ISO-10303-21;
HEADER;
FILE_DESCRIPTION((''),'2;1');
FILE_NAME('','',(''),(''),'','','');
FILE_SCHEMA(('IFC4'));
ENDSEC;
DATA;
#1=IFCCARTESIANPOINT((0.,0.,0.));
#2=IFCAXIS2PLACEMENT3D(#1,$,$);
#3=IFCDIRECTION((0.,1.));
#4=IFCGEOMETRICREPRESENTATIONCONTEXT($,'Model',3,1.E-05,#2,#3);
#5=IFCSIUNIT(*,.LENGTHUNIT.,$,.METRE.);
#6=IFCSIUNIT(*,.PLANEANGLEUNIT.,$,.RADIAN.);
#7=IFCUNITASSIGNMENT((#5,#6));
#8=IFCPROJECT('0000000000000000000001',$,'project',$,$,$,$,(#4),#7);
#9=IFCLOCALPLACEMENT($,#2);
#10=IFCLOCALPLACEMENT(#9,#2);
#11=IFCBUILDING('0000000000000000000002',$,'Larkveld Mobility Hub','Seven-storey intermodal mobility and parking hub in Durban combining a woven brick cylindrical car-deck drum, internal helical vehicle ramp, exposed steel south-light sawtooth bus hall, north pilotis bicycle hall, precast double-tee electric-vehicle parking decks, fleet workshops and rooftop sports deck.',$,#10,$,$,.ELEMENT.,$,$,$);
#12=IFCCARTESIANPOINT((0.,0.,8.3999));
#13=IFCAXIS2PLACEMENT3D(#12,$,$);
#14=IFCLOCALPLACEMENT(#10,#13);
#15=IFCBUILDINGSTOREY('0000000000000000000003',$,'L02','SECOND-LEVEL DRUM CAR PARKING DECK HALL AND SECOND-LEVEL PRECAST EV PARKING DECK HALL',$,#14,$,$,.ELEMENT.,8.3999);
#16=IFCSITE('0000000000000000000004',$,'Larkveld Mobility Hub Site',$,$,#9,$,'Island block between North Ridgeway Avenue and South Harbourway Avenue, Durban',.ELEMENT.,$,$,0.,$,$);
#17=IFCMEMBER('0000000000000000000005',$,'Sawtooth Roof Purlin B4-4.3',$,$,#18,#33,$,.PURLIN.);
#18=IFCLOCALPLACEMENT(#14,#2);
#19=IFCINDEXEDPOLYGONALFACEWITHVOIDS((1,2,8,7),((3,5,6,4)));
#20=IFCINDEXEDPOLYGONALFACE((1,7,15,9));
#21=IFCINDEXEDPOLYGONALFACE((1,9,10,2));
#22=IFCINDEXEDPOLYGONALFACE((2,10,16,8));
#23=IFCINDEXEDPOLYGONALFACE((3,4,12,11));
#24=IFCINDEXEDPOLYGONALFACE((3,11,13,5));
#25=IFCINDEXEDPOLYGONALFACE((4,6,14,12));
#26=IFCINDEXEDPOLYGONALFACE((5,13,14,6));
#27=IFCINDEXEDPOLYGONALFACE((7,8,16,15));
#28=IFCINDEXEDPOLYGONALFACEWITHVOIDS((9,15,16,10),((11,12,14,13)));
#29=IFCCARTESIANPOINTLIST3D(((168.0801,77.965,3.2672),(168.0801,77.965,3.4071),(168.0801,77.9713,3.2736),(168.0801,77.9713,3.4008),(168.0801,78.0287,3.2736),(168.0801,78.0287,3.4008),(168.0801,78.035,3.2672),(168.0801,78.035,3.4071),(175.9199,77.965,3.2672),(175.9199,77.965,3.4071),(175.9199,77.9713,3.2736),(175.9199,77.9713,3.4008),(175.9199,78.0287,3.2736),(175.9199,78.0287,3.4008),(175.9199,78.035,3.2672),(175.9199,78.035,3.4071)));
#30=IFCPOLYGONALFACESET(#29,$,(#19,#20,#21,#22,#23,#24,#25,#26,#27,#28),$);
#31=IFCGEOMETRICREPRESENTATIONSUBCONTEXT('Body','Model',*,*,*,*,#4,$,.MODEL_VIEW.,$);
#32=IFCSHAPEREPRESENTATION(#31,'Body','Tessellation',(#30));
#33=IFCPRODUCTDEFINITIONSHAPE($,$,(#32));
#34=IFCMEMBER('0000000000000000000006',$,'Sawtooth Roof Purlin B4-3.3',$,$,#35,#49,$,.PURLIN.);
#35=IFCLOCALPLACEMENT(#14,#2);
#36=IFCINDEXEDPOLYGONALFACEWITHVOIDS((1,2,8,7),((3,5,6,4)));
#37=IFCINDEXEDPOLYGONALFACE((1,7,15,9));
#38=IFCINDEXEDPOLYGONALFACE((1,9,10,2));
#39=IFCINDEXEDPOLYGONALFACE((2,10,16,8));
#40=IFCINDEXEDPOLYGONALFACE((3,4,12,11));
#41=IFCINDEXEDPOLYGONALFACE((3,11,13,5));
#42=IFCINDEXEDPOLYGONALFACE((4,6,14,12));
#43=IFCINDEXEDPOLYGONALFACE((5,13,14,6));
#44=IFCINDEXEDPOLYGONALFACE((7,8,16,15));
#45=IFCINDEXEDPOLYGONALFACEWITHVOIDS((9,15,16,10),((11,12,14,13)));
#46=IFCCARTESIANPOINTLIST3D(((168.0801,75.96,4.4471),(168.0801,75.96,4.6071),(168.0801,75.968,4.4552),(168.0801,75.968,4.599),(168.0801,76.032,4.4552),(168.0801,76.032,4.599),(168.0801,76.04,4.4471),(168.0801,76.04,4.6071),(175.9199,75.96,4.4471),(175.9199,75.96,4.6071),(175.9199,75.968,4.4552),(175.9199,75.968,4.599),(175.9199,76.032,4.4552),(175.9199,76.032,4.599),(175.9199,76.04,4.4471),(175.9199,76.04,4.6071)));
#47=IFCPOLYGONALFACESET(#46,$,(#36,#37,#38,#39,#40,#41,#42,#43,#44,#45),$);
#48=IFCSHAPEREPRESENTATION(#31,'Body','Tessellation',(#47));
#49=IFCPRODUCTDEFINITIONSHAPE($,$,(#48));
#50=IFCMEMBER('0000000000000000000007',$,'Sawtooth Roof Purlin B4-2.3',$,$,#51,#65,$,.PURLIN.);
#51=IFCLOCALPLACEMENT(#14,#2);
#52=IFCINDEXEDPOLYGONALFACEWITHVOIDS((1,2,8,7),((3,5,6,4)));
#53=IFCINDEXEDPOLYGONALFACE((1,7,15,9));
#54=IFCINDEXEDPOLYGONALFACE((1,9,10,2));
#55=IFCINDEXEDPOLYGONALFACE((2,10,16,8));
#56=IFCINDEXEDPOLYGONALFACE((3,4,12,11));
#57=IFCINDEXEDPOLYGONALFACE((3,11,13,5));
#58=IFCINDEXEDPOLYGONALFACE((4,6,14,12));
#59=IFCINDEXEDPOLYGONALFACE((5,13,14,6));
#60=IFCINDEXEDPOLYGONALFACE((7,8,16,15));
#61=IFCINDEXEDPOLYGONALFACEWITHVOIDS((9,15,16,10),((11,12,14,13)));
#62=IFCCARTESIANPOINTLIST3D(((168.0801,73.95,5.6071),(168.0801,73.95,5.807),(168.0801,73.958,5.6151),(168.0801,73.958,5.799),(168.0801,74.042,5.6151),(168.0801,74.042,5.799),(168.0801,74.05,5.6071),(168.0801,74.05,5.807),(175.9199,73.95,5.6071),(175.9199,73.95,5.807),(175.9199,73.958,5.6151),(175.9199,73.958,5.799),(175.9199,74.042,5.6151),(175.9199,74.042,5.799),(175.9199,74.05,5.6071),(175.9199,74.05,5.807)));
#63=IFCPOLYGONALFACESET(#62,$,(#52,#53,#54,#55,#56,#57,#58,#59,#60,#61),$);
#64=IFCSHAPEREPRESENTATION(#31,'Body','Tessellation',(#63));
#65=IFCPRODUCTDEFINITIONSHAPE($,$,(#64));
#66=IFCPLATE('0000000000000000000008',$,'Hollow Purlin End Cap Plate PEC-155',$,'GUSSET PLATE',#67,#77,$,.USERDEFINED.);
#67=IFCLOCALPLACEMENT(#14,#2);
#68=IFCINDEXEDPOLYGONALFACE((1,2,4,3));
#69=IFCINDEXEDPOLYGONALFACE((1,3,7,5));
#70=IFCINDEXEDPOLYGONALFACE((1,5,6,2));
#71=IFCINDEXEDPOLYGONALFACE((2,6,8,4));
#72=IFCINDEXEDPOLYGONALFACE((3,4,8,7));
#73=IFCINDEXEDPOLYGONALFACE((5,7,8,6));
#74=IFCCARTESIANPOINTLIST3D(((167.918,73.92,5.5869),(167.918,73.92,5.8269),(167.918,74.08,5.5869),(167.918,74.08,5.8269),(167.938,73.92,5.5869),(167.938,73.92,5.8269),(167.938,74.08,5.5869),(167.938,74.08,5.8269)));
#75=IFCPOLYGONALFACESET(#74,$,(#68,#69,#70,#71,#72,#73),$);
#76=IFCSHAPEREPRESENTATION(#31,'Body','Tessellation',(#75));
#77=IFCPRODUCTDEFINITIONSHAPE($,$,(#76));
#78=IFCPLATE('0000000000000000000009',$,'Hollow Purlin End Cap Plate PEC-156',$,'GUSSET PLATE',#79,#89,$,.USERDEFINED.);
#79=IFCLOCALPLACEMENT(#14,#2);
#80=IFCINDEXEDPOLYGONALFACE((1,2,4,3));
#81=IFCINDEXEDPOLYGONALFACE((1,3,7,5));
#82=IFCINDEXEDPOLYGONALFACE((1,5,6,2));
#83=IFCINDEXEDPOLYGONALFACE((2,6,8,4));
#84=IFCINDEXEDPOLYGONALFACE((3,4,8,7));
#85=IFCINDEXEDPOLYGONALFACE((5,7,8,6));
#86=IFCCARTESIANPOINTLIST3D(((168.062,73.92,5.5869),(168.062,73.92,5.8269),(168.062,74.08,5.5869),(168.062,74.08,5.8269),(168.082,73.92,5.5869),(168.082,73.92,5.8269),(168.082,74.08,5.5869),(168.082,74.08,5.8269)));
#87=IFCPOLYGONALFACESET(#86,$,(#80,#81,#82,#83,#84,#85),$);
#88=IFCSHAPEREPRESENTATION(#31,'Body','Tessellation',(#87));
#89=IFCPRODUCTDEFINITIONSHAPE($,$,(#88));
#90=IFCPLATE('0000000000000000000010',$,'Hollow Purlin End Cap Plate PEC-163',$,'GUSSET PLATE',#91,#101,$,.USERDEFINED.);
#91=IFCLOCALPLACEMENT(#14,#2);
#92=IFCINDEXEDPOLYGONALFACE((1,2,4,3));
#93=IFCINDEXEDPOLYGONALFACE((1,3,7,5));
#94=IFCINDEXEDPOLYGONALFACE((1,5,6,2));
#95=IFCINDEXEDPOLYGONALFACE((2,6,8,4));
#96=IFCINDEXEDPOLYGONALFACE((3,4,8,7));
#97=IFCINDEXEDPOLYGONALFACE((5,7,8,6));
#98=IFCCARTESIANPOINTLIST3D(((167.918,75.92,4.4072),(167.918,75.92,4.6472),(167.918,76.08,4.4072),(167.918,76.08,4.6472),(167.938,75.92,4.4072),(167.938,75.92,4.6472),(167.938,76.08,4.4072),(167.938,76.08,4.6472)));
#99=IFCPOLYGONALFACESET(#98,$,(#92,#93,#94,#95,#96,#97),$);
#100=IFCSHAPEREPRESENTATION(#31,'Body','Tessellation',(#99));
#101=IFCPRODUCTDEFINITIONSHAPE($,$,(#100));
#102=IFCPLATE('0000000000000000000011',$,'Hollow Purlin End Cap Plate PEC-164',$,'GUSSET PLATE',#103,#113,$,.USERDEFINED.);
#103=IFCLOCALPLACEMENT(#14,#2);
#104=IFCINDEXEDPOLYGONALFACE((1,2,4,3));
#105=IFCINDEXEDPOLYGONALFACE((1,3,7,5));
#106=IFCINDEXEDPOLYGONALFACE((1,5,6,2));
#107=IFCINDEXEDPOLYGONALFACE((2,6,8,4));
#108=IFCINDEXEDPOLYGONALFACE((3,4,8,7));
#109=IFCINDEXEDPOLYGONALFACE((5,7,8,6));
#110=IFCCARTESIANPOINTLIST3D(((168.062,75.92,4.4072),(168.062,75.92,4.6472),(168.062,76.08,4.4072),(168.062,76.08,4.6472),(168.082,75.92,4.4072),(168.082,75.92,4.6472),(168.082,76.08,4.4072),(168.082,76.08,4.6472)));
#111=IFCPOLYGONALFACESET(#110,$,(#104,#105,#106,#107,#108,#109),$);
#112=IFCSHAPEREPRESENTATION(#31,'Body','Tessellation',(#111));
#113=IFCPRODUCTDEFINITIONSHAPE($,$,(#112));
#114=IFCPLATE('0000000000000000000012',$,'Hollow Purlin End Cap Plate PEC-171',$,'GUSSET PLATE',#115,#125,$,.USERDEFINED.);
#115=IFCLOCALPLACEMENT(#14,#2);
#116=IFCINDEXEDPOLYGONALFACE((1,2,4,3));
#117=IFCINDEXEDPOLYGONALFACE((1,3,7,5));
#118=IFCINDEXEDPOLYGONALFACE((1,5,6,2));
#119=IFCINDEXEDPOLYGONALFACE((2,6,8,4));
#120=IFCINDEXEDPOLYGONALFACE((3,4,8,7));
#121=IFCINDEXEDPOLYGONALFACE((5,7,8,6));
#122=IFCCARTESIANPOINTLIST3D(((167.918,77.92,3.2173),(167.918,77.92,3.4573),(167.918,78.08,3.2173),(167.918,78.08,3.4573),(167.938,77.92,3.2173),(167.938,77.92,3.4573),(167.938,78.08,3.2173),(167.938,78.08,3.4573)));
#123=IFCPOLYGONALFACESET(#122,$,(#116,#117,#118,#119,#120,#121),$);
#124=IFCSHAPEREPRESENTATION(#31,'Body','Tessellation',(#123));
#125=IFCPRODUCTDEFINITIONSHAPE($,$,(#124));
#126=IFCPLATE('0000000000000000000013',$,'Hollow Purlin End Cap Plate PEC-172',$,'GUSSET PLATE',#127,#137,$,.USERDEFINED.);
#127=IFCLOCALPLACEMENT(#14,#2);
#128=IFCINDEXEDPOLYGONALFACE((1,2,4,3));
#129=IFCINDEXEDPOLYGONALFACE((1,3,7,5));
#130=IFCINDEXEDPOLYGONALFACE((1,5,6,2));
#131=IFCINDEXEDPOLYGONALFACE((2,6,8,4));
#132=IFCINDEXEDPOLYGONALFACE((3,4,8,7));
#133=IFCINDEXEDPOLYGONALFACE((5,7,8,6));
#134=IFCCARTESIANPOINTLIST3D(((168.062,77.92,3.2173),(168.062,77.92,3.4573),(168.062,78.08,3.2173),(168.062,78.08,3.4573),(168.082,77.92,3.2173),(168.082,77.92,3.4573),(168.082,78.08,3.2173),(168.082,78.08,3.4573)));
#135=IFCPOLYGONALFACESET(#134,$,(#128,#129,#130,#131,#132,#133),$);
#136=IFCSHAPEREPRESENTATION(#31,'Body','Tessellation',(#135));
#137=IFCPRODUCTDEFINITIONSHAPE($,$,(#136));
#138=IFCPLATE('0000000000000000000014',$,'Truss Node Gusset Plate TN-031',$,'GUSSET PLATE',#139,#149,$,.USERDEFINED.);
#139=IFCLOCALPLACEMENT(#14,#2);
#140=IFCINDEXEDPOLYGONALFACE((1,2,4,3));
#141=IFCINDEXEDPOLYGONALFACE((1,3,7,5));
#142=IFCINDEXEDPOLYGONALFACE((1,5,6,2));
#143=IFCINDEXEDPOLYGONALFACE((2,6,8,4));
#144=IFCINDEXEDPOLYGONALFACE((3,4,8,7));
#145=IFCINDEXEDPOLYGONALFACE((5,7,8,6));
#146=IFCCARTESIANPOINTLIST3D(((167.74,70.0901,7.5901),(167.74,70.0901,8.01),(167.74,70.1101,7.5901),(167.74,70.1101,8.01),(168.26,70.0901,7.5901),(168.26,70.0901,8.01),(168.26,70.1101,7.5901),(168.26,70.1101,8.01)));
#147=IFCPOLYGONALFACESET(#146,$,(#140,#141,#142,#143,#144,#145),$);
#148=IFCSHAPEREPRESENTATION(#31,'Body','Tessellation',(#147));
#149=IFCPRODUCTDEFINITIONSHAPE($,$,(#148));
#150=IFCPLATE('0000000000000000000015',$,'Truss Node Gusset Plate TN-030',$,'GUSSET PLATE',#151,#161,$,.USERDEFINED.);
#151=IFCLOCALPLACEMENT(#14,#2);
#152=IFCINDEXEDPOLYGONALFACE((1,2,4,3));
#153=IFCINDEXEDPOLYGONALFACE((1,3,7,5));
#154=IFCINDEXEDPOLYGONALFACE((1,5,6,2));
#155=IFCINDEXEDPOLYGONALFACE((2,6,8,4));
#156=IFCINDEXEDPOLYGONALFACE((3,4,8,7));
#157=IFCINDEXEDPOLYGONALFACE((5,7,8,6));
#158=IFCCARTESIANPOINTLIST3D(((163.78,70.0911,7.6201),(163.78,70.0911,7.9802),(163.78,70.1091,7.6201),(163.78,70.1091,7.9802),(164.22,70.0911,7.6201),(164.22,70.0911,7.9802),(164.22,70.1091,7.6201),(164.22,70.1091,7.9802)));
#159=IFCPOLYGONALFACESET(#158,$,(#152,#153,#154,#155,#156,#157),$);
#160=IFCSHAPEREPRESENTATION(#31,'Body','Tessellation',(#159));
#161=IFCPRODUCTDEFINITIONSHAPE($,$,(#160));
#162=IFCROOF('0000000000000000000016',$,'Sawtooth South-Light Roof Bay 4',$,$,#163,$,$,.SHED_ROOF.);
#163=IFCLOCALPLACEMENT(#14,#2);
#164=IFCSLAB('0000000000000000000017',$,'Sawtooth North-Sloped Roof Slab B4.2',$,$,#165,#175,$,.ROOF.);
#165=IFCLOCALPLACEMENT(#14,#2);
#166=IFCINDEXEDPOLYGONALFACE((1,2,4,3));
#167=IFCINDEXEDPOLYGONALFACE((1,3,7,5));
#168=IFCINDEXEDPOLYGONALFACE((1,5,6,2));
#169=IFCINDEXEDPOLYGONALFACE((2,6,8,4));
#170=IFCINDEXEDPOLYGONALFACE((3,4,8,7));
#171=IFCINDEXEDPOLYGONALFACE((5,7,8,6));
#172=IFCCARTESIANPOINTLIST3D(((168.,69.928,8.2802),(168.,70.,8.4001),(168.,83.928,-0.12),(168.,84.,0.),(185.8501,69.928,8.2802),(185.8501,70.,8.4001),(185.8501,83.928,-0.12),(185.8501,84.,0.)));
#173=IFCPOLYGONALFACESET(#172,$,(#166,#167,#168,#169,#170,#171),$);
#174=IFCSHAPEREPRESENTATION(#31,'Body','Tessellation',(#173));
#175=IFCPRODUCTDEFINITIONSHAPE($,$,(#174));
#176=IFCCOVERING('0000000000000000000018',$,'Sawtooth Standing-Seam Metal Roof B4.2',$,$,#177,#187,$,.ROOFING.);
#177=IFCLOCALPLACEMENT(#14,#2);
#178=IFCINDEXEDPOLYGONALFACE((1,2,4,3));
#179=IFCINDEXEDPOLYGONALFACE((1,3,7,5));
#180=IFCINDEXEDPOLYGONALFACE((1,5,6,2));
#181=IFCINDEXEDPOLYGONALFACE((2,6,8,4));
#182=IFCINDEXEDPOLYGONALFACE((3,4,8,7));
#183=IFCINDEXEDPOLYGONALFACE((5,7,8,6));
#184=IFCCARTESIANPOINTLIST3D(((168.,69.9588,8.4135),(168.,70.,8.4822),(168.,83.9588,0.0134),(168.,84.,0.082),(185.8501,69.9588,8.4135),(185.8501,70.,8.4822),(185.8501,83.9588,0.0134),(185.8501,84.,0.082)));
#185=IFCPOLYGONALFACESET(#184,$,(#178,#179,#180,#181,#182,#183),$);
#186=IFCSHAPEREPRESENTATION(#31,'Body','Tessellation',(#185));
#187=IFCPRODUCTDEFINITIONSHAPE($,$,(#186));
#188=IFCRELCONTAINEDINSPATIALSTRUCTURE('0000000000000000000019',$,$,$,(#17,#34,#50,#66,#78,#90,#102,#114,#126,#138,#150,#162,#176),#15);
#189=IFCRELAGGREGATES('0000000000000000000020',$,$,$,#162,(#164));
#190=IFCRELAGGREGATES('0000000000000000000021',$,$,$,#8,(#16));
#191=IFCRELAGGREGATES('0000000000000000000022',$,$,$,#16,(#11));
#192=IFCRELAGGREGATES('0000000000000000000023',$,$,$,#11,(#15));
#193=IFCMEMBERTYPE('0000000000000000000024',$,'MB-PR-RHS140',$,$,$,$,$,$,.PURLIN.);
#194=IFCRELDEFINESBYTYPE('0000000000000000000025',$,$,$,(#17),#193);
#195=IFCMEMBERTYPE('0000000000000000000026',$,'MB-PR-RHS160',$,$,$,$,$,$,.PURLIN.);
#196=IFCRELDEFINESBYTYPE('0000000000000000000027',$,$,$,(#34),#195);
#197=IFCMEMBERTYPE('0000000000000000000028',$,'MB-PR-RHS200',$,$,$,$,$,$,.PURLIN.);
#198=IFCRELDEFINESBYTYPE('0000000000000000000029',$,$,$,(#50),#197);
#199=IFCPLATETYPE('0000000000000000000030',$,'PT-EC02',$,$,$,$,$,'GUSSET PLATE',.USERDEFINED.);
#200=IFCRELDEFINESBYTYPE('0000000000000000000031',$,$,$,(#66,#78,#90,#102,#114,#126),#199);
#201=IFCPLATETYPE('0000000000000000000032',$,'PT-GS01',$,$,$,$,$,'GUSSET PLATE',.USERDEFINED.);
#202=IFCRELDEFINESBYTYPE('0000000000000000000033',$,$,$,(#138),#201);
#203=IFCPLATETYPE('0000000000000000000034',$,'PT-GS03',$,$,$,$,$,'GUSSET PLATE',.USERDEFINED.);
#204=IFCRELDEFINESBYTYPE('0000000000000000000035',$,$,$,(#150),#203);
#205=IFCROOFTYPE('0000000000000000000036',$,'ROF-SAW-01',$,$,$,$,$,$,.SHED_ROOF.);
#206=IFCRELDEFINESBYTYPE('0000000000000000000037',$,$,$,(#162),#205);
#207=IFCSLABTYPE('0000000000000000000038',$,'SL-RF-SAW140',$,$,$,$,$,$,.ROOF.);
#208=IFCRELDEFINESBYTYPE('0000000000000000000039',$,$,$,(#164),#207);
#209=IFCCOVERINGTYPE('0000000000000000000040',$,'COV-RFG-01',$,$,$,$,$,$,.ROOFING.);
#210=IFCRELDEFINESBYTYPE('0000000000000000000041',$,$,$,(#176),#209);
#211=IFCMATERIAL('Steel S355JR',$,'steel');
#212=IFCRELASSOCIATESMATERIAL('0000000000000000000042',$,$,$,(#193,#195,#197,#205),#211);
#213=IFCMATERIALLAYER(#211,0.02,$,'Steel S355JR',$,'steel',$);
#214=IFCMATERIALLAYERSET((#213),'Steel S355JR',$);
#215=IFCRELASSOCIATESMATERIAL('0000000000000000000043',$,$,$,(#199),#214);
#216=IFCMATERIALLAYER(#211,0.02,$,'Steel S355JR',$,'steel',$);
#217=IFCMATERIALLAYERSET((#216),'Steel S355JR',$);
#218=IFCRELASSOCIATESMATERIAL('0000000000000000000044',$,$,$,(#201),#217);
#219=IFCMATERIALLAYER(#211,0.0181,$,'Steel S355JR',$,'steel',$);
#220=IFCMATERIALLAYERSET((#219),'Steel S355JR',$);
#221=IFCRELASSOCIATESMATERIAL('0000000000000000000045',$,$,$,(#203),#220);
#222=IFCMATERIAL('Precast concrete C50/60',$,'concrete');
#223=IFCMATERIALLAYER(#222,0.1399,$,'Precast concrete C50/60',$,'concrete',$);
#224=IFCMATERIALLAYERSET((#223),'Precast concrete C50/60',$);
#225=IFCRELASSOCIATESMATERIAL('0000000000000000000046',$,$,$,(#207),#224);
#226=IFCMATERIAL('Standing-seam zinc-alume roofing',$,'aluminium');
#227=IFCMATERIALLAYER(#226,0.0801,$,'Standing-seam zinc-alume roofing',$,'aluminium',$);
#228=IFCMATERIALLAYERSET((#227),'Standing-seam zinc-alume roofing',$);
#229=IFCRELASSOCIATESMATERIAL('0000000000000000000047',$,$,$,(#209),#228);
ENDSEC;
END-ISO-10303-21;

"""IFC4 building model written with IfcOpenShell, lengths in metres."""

from ifc_helpers import new_model, si_unit, direction, frame, origin, origin_2d, place, context, subcontext, project, spatial, polyline, rectangle, hollow_rectangle, outline, extrude, material, layer, layer_set, material_profile, profile_set, type_object, element, aggregate, save


model = new_model("IFC4")

# Units and contexts
model_context = context("Model", 3, precision=1e-05, world=origin(), true_north=direction((0.0, 1.0)))
body_context = subcontext(model_context, "Body", "Model", "MODEL_VIEW")
ifc_project = project(units=[si_unit("LENGTHUNIT", "METRE"), si_unit("PLANEANGLEUNIT", "RADIAN")], contexts=[model_context])

# Site, building, storey
site_placement = place(None, origin())
site = spatial("IfcSite", under=ifc_project, at=site_placement, Name="Larkveld Mobility Hub Site", LongName="Island block between North Ridgeway Avenue and South Harbourway Avenue, Durban", CompositionType="ELEMENT", RefElevation=0.0)
building_placement = place(site_placement, origin())
building = spatial("IfcBuilding", under=site, at=building_placement, Name="Larkveld Mobility Hub", Description="Seven-storey intermodal mobility and parking hub in Durban combining a woven brick cylindrical car-deck drum, internal helical vehicle ramp, exposed steel south-light sawtooth bus hall, north pilotis bicycle hall, precast double-tee electric-vehicle parking decks, fleet workshops and rooftop sports deck.", CompositionType="ELEMENT")
storey_placement = place(building_placement, frame((0.0, 0.0, 8.3999)))
storey = spatial("IfcBuildingStorey", under=building, at=storey_placement, Name="L02", Description="SECOND-LEVEL DRUM CAR PARKING DECK HALL AND SECOND-LEVEL PRECAST EV PARKING DECK HALL", CompositionType="ELEMENT", Elevation=8.3999)

# Members
ifc_material_1 = material(Name="Steel S355JR", Category="steel")
ifc_material_profile_1 = material_profile(ifc_material_1, hollow_rectangle(XDim=0.0701, YDim=0.1399, WallThickness=0.0063, at=origin_2d()), Name="RHS 140x70x6.3")
ifc_profile_set_1 = profile_set([ifc_material_profile_1], Name="Steel S355JR")
member_type_1 = type_object("IfcMemberType", Name="MB-PR-RHS140", PredefinedType="PURLIN", material=ifc_profile_set_1)
member_1_placement = place(storey_placement, frame((168.0801, 78.0, 3.3372), z_axis=(1.0, 0.0, 0.0), x_axis=(0.0, 1.0, 0.0)))
element("IfcMember", 1, at=member_1_placement, inside=storey, type_object=member_type_1, Name="Sawtooth Roof Purlin B4-4.3", PredefinedType="PURLIN", context=body_context, shape_type="SweptSolid", body=[
    extrude(hollow_rectangle(XDim=0.0701, YDim=0.1399, WallThickness=0.0063, at=origin_2d()), origin(), (0.0, 0.0, 1.0), 7.8398),
])
ifc_material_profile_2 = material_profile(ifc_material_1, hollow_rectangle(XDim=0.0801, YDim=0.1599, WallThickness=0.0081, at=origin_2d()), Name="RHS 160x80x8")
ifc_profile_set_2 = profile_set([ifc_material_profile_2], Name="Steel S355JR")
member_type_2 = type_object("IfcMemberType", Name="MB-PR-RHS160", PredefinedType="PURLIN", material=ifc_profile_set_2)
member_2_placement = place(storey_placement, frame((168.0801, 76.0, 4.5271), z_axis=(1.0, 0.0, 0.0), x_axis=(0.0, 1.0, 0.0)))
element("IfcMember", 2, at=member_2_placement, inside=storey, type_object=member_type_2, Name="Sawtooth Roof Purlin B4-3.3", PredefinedType="PURLIN", context=body_context, shape_type="SweptSolid", body=[
    extrude(hollow_rectangle(XDim=0.0801, YDim=0.1599, WallThickness=0.0081, at=origin_2d()), origin(), (0.0, 0.0, 1.0), 7.8398),
])
ifc_material_profile_3 = material_profile(ifc_material_1, hollow_rectangle(XDim=0.1001, YDim=0.2, WallThickness=0.0081, at=origin_2d()), Name="RHS 200x100x8")
ifc_profile_set_3 = profile_set([ifc_material_profile_3], Name="Steel S355JR")
member_type_3 = type_object("IfcMemberType", Name="MB-PR-RHS200", PredefinedType="PURLIN", material=ifc_profile_set_3)
member_3_placement = place(storey_placement, frame((168.0801, 74.0, 5.707), z_axis=(1.0, 0.0, 0.0), x_axis=(0.0, 1.0, 0.0)))
element("IfcMember", 3, at=member_3_placement, inside=storey, type_object=member_type_3, Name="Sawtooth Roof Purlin B4-2.3", PredefinedType="PURLIN", context=body_context, shape_type="SweptSolid", body=[
    extrude(hollow_rectangle(XDim=0.1001, YDim=0.2, WallThickness=0.0081, at=origin_2d()), origin(), (0.0, 0.0, 1.0), 7.8398),
])

# Plates
ifc_layer_1 = layer(ifc_material_1, 0.02, Name="Steel S355JR", Category="steel")
ifc_layer_set_1 = layer_set([ifc_layer_1], Name="Steel S355JR")
plate_type_1 = type_object("IfcPlateType", Name="PT-EC02", ElementType="GUSSET PLATE", PredefinedType="USERDEFINED", material=ifc_layer_set_1)
for number, where, z_axis, x_axis, name in (
    (4, (167.928, 74.0, 5.5869), (0.0, 0.0, 1.0), (1.0, 0.0, 0.0), "Hollow Purlin End Cap Plate PEC-155"),
    (5, (168.072, 74.0, 5.5869), (0.0, 0.0, 1.0), (1.0, 0.0, 0.0), "Hollow Purlin End Cap Plate PEC-156"),
    (6, (167.928, 76.0, 4.4072), (0.0, 0.0, 1.0), (1.0, 0.0, 0.0), "Hollow Purlin End Cap Plate PEC-163"),
    (7, (168.072, 76.0, 4.4072), (0.0, 0.0, 1.0), (1.0, 0.0, 0.0), "Hollow Purlin End Cap Plate PEC-164"),
    (8, (167.928, 78.0, 3.2173), (0.0, 0.0, 1.0), (1.0, 0.0, 0.0), "Hollow Purlin End Cap Plate PEC-171"),
    (9, (168.072, 78.0, 3.2173), (0.0, 0.0, 1.0), (1.0, 0.0, 0.0), "Hollow Purlin End Cap Plate PEC-172"),
):
    element("IfcPlate", number, at=place(storey_placement, frame(where, z_axis=z_axis, x_axis=x_axis)), inside=storey, type_object=plate_type_1, Name=name, ObjectType="GUSSET PLATE", PredefinedType="USERDEFINED", context=body_context, shape_type="SweptSolid", body=[
        extrude(rectangle(XDim=0.02, YDim=0.1599, at=origin_2d()), origin(), (0.0, 0.0, 1.0), 0.24),
    ])
ifc_layer_2 = layer(ifc_material_1, 0.02, Name="Steel S355JR", Category="steel")
ifc_layer_set_2 = layer_set([ifc_layer_2], Name="Steel S355JR")
plate_type_2 = type_object("IfcPlateType", Name="PT-GS01", ElementType="GUSSET PLATE", PredefinedType="USERDEFINED", material=ifc_layer_set_2)
plate_1_placement = place(storey_placement, frame((168.0, 70.1001, 7.5901), z_axis=(0.0, 0.0, 1.0), x_axis=(1.0, 0.0, 0.0)))
element("IfcPlate", 10, at=plate_1_placement, inside=storey, type_object=plate_type_2, Name="Truss Node Gusset Plate TN-031", ObjectType="GUSSET PLATE", PredefinedType="USERDEFINED", context=body_context, shape_type="SweptSolid", body=[
    extrude(rectangle(XDim=0.52, YDim=0.02, at=origin_2d()), origin(), (0.0, 0.0, 1.0), 0.4199),
])
ifc_layer_3 = layer(ifc_material_1, 0.0181, Name="Steel S355JR", Category="steel")
ifc_layer_set_3 = layer_set([ifc_layer_3], Name="Steel S355JR")
plate_type_3 = type_object("IfcPlateType", Name="PT-GS03", ElementType="GUSSET PLATE", PredefinedType="USERDEFINED", material=ifc_layer_set_3)
plate_2_placement = place(storey_placement, frame((164.0, 70.1001, 7.6201), z_axis=(0.0, 0.0, 1.0), x_axis=(1.0, 0.0, 0.0)))
element("IfcPlate", 11, at=plate_2_placement, inside=storey, type_object=plate_type_3, Name="Truss Node Gusset Plate TN-030", ObjectType="GUSSET PLATE", PredefinedType="USERDEFINED", context=body_context, shape_type="SweptSolid", body=[
    extrude(rectangle(XDim=0.4399, YDim=0.0181, at=origin_2d()), origin(), (0.0, 0.0, 1.0), 0.3601),
])

# Roof, slab
roof_type = type_object("IfcRoofType", Name="ROF-SAW-01", PredefinedType="SHED_ROOF", material=ifc_material_1)
roof_placement = place(storey_placement, origin())
roof = element("IfcRoof", 12, at=roof_placement, inside=storey, type_object=roof_type, Name="Sawtooth South-Light Roof Bay 4", PredefinedType="SHED_ROOF")
ifc_material_2 = material(Name="Precast concrete C50/60", Category="concrete")
ifc_layer_4 = layer(ifc_material_2, 0.1399, Name="Precast concrete C50/60", Category="concrete")
ifc_layer_set_4 = layer_set([ifc_layer_4], Name="Precast concrete C50/60")
slab_type = type_object("IfcSlabType", Name="SL-RF-SAW140", PredefinedType="ROOF", material=ifc_layer_set_4)
slab_placement = place(storey_placement, frame((168.0, 70.0, 8.4001), z_axis=(0.0, 0.514502, 0.857489), x_axis=(1.0, 0.0, 0.0)))
slab = element("IfcSlab", 13, at=slab_placement, type_object=slab_type, Name="Sawtooth North-Sloped Roof Slab B4.2", PredefinedType="ROOF", context=body_context, shape_type="SweptSolid", body=[
    extrude(outline(polyline([(0.0, 0.0), (17.8501, 0.0), (17.8501, 16.3267), (0.0, 16.3267), (0.0, 0.0)])), origin(), (0.0, 0.0, -1.0), 0.1399),
])
aggregate(roof, [slab])

# Covering
ifc_material_3 = material(Name="Standing-seam zinc-alume roofing", Category="aluminium")
ifc_layer_5 = layer(ifc_material_3, 0.0801, Name="Standing-seam zinc-alume roofing", Category="aluminium")
ifc_layer_set_5 = layer_set([ifc_layer_5], Name="Standing-seam zinc-alume roofing")
covering_type = type_object("IfcCoveringType", Name="COV-RFG-01", PredefinedType="ROOFING", material=ifc_layer_set_5)
covering_placement = place(storey_placement, frame((168.0, 70.0, 8.4822), z_axis=(0.0, 0.514502, 0.857489), x_axis=(1.0, 0.0, 0.0)))
element("IfcCovering", 14, at=covering_placement, inside=storey, type_object=covering_type, Name="Sawtooth Standing-Seam Metal Roof B4.2", PredefinedType="ROOFING", context=body_context, shape_type="SweptSolid", body=[
    extrude(outline(polyline([(0.0, 0.0), (17.8501, 0.0), (17.8501, 16.3267), (0.0, 16.3267), (0.0, 0.0)])), origin(), (0.0, 0.0, -1.0), 0.0801),
])

save(model, "model.ifc")
